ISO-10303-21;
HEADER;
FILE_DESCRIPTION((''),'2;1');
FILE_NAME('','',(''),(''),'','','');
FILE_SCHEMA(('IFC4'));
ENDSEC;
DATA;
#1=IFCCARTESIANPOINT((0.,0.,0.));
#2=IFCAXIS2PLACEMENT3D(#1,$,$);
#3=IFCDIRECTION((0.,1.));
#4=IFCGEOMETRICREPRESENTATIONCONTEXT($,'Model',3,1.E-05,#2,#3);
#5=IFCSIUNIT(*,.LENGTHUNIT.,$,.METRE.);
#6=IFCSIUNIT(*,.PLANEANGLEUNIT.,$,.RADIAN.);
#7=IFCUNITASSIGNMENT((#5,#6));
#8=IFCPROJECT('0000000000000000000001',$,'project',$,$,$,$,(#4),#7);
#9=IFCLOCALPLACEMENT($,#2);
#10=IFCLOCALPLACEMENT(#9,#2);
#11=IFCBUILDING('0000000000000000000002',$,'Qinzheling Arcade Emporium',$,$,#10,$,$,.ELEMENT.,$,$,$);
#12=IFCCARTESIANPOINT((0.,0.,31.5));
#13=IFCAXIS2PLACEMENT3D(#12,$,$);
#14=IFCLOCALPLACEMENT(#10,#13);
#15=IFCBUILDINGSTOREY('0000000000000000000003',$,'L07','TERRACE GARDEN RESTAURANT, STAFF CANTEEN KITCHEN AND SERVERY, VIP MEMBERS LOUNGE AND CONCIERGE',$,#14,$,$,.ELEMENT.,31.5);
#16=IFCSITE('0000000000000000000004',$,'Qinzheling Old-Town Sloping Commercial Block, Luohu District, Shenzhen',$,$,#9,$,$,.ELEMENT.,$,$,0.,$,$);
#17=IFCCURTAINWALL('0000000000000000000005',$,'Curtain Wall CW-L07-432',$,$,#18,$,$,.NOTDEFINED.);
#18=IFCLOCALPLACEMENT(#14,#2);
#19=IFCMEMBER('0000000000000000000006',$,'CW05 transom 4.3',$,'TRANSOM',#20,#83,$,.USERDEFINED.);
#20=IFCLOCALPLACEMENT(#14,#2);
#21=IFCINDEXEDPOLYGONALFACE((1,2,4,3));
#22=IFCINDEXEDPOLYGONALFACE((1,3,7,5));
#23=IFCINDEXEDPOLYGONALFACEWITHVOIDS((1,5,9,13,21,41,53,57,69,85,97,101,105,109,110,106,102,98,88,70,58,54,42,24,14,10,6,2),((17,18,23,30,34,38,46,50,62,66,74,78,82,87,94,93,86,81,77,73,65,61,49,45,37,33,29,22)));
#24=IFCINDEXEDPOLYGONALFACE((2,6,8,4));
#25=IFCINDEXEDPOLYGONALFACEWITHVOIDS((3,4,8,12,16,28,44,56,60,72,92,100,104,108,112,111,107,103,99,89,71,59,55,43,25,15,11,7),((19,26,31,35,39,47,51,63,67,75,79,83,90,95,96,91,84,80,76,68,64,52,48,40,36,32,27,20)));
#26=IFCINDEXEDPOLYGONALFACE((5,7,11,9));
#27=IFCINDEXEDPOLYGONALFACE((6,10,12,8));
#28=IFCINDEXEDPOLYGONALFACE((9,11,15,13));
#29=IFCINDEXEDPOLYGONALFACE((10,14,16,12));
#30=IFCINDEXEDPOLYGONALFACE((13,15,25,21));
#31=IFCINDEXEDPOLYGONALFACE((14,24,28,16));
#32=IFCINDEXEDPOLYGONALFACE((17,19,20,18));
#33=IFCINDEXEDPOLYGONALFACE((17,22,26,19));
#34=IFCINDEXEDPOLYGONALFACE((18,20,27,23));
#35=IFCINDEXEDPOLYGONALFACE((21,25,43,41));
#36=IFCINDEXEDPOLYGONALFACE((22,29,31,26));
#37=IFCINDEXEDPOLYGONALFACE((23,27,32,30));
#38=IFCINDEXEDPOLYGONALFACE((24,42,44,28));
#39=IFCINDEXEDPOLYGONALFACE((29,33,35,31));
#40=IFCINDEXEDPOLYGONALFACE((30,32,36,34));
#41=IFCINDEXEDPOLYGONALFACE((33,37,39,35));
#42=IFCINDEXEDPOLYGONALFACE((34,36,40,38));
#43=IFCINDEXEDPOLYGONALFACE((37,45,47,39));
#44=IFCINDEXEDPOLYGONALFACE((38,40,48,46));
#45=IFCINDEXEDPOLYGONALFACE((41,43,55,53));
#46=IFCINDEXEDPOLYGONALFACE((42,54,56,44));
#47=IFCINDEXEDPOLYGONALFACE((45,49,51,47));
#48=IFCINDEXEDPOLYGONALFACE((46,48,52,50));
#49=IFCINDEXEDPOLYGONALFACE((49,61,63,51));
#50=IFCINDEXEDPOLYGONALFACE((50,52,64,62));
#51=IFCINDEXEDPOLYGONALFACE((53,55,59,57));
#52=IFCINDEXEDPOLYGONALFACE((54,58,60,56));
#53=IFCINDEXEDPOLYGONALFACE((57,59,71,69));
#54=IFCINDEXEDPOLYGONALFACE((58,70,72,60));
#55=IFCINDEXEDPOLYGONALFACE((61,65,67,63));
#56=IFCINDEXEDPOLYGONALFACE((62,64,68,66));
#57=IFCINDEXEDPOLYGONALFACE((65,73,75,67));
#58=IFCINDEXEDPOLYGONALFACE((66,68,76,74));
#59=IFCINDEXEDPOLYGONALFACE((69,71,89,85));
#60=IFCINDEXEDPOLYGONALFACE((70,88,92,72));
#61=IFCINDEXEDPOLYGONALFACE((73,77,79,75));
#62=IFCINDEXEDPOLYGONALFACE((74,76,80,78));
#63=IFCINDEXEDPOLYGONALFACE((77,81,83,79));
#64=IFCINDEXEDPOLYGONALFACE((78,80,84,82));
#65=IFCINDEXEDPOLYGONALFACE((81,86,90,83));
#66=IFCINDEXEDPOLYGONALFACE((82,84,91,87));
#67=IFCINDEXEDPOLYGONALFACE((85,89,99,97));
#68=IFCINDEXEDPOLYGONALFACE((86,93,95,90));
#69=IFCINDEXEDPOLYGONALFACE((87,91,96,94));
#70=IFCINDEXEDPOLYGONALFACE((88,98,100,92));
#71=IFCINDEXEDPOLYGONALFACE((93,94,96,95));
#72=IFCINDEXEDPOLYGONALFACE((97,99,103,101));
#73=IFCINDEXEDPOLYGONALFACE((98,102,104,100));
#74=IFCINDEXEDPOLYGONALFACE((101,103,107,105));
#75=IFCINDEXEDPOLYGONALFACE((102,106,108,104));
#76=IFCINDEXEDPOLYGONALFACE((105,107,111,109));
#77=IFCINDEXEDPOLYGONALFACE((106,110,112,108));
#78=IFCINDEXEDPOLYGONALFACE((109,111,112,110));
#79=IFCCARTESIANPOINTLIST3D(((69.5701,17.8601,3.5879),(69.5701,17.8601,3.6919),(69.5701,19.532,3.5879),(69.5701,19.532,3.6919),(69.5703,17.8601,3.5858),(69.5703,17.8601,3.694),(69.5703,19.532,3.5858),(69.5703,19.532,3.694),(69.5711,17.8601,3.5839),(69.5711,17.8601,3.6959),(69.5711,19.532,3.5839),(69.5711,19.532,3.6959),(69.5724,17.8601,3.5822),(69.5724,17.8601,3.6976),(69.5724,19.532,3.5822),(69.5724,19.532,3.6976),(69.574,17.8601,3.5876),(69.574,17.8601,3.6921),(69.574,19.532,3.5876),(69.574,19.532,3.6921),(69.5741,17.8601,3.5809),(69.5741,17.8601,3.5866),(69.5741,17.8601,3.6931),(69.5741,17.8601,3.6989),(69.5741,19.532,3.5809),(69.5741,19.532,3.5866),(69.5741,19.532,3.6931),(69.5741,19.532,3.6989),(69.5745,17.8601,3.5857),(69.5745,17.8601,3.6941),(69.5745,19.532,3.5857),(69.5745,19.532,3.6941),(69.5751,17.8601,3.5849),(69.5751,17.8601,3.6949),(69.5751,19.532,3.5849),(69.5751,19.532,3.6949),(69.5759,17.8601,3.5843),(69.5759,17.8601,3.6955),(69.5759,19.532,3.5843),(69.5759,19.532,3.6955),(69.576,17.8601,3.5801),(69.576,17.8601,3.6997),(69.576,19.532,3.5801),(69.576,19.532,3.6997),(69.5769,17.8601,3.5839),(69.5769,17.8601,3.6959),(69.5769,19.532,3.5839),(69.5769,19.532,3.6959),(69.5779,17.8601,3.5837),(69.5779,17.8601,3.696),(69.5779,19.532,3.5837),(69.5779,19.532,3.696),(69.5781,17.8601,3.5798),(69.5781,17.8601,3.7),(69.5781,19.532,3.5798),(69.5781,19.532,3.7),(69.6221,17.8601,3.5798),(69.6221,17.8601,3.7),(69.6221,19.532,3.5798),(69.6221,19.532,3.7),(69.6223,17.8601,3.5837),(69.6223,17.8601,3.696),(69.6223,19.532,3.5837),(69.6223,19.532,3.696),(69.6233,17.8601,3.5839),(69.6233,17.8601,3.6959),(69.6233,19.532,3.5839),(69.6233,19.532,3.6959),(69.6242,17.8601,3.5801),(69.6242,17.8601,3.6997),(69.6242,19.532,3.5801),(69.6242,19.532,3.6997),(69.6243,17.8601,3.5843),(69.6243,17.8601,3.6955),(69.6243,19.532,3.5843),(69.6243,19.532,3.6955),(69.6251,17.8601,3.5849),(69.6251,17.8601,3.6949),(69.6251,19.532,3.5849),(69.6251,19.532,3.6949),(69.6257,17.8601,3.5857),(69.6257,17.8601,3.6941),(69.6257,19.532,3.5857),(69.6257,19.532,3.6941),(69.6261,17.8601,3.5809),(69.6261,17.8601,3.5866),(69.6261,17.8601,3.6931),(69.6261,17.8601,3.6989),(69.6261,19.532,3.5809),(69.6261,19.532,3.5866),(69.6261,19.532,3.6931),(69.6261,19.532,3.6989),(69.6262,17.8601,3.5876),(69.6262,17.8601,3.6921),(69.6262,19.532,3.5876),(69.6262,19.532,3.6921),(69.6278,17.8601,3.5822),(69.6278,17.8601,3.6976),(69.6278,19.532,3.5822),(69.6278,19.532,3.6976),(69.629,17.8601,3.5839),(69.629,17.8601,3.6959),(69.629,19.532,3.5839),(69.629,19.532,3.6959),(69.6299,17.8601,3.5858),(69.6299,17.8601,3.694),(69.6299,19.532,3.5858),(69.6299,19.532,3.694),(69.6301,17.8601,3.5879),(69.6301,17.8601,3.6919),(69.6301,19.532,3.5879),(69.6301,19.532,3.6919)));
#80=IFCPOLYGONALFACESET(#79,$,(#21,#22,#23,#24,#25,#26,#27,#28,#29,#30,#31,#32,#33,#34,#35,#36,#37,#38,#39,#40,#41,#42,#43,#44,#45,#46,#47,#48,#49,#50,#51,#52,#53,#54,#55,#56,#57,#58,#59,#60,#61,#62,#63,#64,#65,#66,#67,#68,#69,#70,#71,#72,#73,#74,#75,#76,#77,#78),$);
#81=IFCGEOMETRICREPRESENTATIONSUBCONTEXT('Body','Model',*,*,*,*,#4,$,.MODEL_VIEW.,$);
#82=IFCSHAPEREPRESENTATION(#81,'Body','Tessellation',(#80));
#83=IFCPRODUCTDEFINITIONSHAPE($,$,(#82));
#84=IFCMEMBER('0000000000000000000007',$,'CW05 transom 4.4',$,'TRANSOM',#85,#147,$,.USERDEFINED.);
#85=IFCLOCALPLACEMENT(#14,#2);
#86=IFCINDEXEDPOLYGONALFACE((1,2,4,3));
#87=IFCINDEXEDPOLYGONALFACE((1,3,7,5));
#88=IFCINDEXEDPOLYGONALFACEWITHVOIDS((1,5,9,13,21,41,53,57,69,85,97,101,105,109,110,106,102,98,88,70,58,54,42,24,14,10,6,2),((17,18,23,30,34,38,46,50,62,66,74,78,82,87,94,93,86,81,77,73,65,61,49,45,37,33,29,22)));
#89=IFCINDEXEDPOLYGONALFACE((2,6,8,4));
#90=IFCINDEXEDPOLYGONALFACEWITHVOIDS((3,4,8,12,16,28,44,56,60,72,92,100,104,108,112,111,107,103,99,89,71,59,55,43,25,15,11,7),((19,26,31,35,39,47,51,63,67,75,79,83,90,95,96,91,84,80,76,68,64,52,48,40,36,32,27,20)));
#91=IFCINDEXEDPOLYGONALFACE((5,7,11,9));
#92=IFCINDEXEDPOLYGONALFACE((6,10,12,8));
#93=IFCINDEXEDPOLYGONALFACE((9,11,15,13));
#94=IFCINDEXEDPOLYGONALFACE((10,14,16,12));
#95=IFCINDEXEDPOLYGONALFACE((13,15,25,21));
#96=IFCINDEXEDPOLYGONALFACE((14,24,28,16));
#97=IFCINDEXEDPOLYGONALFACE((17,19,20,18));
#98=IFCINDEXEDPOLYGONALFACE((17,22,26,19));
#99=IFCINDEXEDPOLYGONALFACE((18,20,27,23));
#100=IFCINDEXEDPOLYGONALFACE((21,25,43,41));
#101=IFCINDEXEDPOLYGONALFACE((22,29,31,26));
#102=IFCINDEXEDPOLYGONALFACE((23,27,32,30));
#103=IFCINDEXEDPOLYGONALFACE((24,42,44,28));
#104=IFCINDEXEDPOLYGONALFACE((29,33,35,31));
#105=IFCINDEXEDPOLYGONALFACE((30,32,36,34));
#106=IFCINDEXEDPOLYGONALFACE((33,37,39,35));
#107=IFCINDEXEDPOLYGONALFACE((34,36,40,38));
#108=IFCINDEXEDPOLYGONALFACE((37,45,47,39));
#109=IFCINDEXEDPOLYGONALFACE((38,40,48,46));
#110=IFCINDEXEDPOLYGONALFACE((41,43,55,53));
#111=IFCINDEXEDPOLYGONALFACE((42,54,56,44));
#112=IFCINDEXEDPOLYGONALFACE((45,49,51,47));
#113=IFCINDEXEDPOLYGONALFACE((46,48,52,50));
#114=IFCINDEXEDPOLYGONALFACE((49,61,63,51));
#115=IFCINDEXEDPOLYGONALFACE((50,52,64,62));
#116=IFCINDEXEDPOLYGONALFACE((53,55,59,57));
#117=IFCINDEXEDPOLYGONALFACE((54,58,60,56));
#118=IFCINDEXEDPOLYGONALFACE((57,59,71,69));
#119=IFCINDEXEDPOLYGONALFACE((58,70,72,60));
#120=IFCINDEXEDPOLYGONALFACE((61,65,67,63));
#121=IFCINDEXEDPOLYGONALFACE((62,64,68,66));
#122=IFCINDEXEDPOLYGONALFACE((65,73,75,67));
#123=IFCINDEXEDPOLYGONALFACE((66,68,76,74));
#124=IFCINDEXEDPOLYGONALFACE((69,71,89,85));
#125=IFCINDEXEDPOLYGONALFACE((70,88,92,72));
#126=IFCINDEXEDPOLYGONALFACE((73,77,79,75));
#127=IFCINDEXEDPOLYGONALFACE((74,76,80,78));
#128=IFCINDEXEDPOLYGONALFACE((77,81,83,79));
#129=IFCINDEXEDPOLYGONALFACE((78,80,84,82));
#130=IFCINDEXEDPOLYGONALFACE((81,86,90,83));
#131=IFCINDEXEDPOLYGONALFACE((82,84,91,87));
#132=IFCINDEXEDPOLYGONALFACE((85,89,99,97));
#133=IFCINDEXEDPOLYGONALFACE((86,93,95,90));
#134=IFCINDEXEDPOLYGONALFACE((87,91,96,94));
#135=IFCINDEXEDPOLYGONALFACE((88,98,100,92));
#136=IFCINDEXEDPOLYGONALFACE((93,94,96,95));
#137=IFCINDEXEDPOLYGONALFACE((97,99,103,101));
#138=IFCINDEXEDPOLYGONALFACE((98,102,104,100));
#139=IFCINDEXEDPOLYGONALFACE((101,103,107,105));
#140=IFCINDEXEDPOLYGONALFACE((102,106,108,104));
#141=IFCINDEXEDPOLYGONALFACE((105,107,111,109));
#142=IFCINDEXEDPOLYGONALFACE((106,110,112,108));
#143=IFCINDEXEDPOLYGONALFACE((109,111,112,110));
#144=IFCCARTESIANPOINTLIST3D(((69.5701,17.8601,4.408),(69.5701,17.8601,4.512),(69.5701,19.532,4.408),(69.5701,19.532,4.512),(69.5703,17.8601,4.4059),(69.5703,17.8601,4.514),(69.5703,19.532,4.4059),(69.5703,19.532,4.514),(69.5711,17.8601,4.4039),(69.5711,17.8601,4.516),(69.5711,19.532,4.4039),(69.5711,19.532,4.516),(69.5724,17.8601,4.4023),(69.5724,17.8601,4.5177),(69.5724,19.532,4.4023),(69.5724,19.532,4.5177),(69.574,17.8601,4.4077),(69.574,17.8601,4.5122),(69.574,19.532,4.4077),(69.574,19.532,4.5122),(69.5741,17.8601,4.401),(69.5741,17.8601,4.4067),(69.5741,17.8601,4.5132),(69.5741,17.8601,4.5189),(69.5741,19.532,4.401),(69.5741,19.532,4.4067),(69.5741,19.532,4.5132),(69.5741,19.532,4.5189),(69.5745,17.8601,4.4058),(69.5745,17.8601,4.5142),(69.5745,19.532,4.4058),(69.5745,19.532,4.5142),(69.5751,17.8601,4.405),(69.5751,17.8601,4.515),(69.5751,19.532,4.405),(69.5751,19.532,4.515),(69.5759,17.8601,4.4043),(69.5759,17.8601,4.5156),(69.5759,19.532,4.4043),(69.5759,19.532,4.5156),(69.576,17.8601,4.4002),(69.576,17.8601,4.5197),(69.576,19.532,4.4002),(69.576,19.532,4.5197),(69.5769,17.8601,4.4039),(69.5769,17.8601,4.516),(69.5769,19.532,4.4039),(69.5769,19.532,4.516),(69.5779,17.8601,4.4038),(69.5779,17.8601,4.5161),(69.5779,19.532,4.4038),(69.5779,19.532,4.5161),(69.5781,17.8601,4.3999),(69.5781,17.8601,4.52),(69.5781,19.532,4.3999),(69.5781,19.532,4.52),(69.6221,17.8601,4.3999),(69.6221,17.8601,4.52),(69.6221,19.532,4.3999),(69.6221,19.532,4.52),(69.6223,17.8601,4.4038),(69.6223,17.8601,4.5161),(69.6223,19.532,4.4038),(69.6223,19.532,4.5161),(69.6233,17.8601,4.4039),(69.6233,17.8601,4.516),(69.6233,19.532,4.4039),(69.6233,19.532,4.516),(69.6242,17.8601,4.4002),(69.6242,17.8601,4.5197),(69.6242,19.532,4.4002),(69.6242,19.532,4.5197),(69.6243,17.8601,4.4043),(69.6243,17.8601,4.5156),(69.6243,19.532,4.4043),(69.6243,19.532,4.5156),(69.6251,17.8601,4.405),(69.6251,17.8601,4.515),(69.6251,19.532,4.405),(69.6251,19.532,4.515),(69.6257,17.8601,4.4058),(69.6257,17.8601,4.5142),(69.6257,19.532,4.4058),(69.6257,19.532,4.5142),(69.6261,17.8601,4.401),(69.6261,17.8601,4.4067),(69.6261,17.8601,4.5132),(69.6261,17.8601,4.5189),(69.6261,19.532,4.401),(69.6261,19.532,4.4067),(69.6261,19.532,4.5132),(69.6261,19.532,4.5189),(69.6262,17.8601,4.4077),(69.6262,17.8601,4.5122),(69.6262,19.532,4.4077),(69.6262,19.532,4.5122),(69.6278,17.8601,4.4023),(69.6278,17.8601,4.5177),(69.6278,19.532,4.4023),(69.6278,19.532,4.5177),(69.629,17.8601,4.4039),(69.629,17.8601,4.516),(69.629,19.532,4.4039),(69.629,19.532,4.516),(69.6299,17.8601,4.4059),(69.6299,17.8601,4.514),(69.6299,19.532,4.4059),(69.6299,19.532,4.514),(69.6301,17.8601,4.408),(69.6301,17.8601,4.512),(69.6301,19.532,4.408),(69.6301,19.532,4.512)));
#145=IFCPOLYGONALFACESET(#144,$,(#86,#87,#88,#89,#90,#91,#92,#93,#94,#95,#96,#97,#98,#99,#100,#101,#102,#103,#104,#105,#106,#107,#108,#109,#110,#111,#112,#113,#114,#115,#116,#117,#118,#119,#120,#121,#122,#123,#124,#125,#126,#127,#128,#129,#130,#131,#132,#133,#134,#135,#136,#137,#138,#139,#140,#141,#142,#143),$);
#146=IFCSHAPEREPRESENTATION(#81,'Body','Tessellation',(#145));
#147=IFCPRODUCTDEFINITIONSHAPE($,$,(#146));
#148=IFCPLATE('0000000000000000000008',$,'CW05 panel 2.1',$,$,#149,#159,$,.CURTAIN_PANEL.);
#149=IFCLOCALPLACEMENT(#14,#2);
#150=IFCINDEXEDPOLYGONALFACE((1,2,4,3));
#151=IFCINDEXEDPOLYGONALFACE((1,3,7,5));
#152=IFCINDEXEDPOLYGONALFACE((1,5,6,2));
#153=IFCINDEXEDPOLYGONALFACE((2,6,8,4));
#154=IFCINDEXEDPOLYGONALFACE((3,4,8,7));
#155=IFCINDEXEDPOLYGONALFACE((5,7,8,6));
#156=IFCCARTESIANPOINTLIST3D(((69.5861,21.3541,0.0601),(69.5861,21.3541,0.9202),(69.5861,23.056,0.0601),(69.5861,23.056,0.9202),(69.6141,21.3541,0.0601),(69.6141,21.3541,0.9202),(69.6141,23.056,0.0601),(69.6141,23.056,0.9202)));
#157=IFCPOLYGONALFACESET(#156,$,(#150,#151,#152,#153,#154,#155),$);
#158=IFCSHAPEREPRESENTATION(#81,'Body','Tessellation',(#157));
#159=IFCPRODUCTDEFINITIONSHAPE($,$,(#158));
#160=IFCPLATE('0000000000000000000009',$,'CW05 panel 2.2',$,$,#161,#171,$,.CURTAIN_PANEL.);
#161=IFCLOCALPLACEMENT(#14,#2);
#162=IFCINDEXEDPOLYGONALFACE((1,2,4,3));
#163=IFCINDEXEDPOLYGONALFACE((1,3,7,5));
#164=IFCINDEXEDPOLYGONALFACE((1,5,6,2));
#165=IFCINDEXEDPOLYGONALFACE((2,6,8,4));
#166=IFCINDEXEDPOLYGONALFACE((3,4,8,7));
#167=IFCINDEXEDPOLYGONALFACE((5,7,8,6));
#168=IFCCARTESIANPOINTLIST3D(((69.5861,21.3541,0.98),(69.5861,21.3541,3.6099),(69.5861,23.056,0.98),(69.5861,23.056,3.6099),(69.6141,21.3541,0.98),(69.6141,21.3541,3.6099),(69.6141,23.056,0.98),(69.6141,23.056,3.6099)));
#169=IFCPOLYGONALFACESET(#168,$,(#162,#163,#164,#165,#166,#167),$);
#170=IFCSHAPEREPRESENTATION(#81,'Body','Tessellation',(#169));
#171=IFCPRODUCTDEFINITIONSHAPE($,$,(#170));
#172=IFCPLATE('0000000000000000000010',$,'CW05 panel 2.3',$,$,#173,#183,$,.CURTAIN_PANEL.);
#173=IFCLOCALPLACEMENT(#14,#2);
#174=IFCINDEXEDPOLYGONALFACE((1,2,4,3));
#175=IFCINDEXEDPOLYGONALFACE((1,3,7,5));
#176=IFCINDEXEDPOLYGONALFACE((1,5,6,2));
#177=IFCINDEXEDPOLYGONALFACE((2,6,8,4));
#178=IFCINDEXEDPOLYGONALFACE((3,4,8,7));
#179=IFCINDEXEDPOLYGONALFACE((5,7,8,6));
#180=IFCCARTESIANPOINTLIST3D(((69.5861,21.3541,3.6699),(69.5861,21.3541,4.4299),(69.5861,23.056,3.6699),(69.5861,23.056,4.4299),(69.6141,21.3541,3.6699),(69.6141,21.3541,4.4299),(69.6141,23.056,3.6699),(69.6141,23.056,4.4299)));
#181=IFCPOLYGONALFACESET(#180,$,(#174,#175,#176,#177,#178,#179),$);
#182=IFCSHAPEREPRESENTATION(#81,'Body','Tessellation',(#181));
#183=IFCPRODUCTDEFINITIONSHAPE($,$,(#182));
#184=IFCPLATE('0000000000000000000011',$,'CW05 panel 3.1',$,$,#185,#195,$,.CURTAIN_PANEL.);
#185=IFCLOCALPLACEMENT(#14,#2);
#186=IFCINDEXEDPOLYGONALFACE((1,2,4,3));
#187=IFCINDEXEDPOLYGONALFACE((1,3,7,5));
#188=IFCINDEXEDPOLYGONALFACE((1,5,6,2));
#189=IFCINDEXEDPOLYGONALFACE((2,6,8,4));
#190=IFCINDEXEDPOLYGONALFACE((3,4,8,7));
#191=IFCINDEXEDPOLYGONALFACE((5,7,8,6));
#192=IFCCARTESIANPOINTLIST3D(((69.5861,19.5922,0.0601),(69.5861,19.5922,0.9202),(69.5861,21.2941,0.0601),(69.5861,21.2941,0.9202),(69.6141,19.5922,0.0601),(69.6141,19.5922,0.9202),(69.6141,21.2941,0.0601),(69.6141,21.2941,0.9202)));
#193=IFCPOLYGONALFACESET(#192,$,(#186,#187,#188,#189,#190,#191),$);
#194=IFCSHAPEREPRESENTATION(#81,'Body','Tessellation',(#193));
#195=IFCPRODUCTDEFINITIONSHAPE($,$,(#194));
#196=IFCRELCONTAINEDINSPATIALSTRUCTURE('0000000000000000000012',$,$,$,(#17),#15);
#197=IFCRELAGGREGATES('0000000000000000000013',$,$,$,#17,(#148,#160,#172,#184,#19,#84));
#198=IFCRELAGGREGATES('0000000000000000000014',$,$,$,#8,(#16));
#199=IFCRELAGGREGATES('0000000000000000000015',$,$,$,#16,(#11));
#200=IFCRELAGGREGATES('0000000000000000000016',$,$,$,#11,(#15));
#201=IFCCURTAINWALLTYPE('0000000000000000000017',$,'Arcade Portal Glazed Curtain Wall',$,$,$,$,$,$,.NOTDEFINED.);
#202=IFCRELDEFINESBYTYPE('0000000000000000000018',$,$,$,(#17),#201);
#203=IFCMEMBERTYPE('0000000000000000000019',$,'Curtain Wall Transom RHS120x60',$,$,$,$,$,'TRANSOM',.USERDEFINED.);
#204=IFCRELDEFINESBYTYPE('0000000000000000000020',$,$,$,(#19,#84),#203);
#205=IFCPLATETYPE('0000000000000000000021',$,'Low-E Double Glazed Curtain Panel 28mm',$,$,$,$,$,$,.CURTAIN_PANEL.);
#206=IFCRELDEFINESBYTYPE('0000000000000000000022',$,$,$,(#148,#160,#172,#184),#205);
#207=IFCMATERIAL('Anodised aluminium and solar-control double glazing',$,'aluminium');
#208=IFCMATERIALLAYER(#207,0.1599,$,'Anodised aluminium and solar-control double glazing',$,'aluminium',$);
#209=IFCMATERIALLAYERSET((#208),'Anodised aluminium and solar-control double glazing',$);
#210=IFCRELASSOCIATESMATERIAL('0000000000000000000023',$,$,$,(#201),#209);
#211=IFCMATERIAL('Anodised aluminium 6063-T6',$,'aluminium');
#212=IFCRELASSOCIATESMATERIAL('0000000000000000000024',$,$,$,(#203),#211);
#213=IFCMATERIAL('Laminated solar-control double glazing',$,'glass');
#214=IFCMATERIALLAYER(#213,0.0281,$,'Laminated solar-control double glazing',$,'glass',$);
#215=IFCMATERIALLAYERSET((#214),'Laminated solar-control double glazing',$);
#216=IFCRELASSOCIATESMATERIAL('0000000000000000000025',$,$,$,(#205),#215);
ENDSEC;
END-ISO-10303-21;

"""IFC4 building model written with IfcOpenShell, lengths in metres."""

from ifc_helpers import new_model, si_unit, direction, frame, origin, origin_2d, place, context, subcontext, project, spatial, rectangle, hollow_rectangle, extrude, material, layer, layer_set, material_profile, profile_set, type_object, element, aggregate, save


model = new_model("IFC4")

# Units and contexts
model_context = context("Model", 3, precision=1e-05, world=origin(), true_north=direction((0.0, 1.0)))
body_context = subcontext(model_context, "Body", "Model", "MODEL_VIEW")
ifc_project = project(units=[si_unit("LENGTHUNIT", "METRE"), si_unit("PLANEANGLEUNIT", "RADIAN")], contexts=[model_context])

# Site, building, storey
site_placement = place(None, origin())
site = spatial("IfcSite", under=ifc_project, at=site_placement, Name="Qinzheling Old-Town Sloping Commercial Block, Luohu District, Shenzhen", CompositionType="ELEMENT", RefElevation=0.0)
building_placement = place(site_placement, origin())
building = spatial("IfcBuilding", under=site, at=building_placement, Name="Qinzheling Arcade Emporium", CompositionType="ELEMENT")
storey_placement = place(building_placement, frame((0.0, 0.0, 31.5)))
storey = spatial("IfcBuildingStorey", under=building, at=storey_placement, Name="L07", Description="TERRACE GARDEN RESTAURANT, STAFF CANTEEN KITCHEN AND SERVERY, VIP MEMBERS LOUNGE AND CONCIERGE", CompositionType="ELEMENT", Elevation=31.5)

# Curtain wall, members, plates
ifc_material_1 = material(Name="Anodised aluminium and solar-control double glazing", Category="aluminium")
ifc_layer_1 = layer(ifc_material_1, 0.1599, Name="Anodised aluminium and solar-control double glazing", Category="aluminium")
ifc_layer_set_1 = layer_set([ifc_layer_1], Name="Anodised aluminium and solar-control double glazing")
curtain_wall_type = type_object("IfcCurtainWallType", Name="Arcade Portal Glazed Curtain Wall", PredefinedType="NOTDEFINED", material=ifc_layer_set_1)
curtain_wall_placement = place(storey_placement, origin())
curtain_wall = element("IfcCurtainWall", 1, at=curtain_wall_placement, inside=storey, type_object=curtain_wall_type, Name="Curtain Wall CW-L07-432", PredefinedType="NOTDEFINED")
ifc_material_2 = material(Name="Anodised aluminium 6063-T6", Category="aluminium")
ifc_material_profile_1 = material_profile(ifc_material_2, hollow_rectangle(XDim=0.0601, YDim=0.1201, WallThickness=0.0039, InnerFilletRadius=0.0039, OuterFilletRadius=0.0081, at=origin_2d()), Name="RHS 120x60x4", Category="aluminium")
ifc_profile_set_1 = profile_set([ifc_material_profile_1], Name="Anodised aluminium 6063-T6")
member_type_1 = type_object("IfcMemberType", Name="Curtain Wall Transom RHS120x60", ElementType="TRANSOM", PredefinedType="USERDEFINED", material=ifc_profile_set_1)
member_1_placement = place(storey_placement, frame((69.6001, 19.532, 3.6399), z_axis=(0.0, -1.0, 0.0), x_axis=(1.0, 0.0, 0.0)))
member_1 = element("IfcMember", 2, at=member_1_placement, type_object=member_type_1, Name="CW05 transom 4.3", ObjectType="TRANSOM", PredefinedType="USERDEFINED", context=body_context, shape_type="SweptSolid", body=[
    extrude(hollow_rectangle(XDim=0.0601, YDim=0.1201, WallThickness=0.0039, InnerFilletRadius=0.0039, OuterFilletRadius=0.0081, at=origin_2d()), origin(), (0.0, 0.0, 1.0), 1.6719),
])
member_2_placement = place(storey_placement, frame((69.6001, 19.532, 4.46), z_axis=(0.0, -1.0, 0.0), x_axis=(1.0, 0.0, 0.0)))
member_2 = element("IfcMember", 3, at=member_2_placement, type_object=member_type_1, Name="CW05 transom 4.4", ObjectType="TRANSOM", PredefinedType="USERDEFINED", context=body_context, shape_type="SweptSolid", body=[
    extrude(hollow_rectangle(XDim=0.0601, YDim=0.1201, WallThickness=0.0039, InnerFilletRadius=0.0039, OuterFilletRadius=0.0081, at=origin_2d()), origin(), (0.0, 0.0, 1.0), 1.6719),
])
ifc_material_3 = material(Name="Laminated solar-control double glazing", Category="glass")
ifc_layer_2 = layer(ifc_material_3, 0.0281, Name="Laminated solar-control double glazing", Category="glass")
ifc_layer_set_2 = layer_set([ifc_layer_2], Name="Laminated solar-control double glazing")
plate_type = type_object("IfcPlateType", Name="Low-E Double Glazed Curtain Panel 28mm", PredefinedType="CURTAIN_PANEL", material=ifc_layer_set_2)
plate_1_placement = place(storey_placement, frame((69.6001, 22.2051, 0.0601), z_axis=(0.0, 0.0, 1.0), x_axis=(0.0, -1.0, 0.0)))
plate_1 = element("IfcPlate", 4, at=plate_1_placement, type_object=plate_type, Name="CW05 panel 2.1", PredefinedType="CURTAIN_PANEL", context=body_context, shape_type="SweptSolid", body=[
    extrude(rectangle(XDim=1.7019, YDim=0.0281, at=origin_2d()), origin(), (0.0, 0.0, 1.0), 0.8601),
])
plate_2_placement = place(storey_placement, frame((69.6001, 22.2051, 0.98), z_axis=(0.0, 0.0, 1.0), x_axis=(0.0, -1.0, 0.0)))
plate_2 = element("IfcPlate", 5, at=plate_2_placement, type_object=plate_type, Name="CW05 panel 2.2", PredefinedType="CURTAIN_PANEL", context=body_context, shape_type="SweptSolid", body=[
    extrude(rectangle(XDim=1.7019, YDim=0.0281, at=origin_2d()), origin(), (0.0, 0.0, 1.0), 2.6299),
])
plate_3_placement = place(storey_placement, frame((69.6001, 22.2051, 3.6699), z_axis=(0.0, 0.0, 1.0), x_axis=(0.0, -1.0, 0.0)))
plate_3 = element("IfcPlate", 6, at=plate_3_placement, type_object=plate_type, Name="CW05 panel 2.3", PredefinedType="CURTAIN_PANEL", context=body_context, shape_type="SweptSolid", body=[
    extrude(rectangle(XDim=1.7019, YDim=0.0281, at=origin_2d()), origin(), (0.0, 0.0, 1.0), 0.76),
])
plate_4_placement = place(storey_placement, frame((69.6001, 20.4431, 0.0601), z_axis=(0.0, 0.0, 1.0), x_axis=(0.0, -1.0, 0.0)))
plate_4 = element("IfcPlate", 7, at=plate_4_placement, type_object=plate_type, Name="CW05 panel 3.1", PredefinedType="CURTAIN_PANEL", context=body_context, shape_type="SweptSolid", body=[
    extrude(rectangle(XDim=1.7019, YDim=0.0281, at=origin_2d()), origin(), (0.0, 0.0, 1.0), 0.8601),
])
aggregate(curtain_wall, [plate_1, plate_2, plate_3, plate_4, member_1, member_2])

save(model, "model.ifc")
